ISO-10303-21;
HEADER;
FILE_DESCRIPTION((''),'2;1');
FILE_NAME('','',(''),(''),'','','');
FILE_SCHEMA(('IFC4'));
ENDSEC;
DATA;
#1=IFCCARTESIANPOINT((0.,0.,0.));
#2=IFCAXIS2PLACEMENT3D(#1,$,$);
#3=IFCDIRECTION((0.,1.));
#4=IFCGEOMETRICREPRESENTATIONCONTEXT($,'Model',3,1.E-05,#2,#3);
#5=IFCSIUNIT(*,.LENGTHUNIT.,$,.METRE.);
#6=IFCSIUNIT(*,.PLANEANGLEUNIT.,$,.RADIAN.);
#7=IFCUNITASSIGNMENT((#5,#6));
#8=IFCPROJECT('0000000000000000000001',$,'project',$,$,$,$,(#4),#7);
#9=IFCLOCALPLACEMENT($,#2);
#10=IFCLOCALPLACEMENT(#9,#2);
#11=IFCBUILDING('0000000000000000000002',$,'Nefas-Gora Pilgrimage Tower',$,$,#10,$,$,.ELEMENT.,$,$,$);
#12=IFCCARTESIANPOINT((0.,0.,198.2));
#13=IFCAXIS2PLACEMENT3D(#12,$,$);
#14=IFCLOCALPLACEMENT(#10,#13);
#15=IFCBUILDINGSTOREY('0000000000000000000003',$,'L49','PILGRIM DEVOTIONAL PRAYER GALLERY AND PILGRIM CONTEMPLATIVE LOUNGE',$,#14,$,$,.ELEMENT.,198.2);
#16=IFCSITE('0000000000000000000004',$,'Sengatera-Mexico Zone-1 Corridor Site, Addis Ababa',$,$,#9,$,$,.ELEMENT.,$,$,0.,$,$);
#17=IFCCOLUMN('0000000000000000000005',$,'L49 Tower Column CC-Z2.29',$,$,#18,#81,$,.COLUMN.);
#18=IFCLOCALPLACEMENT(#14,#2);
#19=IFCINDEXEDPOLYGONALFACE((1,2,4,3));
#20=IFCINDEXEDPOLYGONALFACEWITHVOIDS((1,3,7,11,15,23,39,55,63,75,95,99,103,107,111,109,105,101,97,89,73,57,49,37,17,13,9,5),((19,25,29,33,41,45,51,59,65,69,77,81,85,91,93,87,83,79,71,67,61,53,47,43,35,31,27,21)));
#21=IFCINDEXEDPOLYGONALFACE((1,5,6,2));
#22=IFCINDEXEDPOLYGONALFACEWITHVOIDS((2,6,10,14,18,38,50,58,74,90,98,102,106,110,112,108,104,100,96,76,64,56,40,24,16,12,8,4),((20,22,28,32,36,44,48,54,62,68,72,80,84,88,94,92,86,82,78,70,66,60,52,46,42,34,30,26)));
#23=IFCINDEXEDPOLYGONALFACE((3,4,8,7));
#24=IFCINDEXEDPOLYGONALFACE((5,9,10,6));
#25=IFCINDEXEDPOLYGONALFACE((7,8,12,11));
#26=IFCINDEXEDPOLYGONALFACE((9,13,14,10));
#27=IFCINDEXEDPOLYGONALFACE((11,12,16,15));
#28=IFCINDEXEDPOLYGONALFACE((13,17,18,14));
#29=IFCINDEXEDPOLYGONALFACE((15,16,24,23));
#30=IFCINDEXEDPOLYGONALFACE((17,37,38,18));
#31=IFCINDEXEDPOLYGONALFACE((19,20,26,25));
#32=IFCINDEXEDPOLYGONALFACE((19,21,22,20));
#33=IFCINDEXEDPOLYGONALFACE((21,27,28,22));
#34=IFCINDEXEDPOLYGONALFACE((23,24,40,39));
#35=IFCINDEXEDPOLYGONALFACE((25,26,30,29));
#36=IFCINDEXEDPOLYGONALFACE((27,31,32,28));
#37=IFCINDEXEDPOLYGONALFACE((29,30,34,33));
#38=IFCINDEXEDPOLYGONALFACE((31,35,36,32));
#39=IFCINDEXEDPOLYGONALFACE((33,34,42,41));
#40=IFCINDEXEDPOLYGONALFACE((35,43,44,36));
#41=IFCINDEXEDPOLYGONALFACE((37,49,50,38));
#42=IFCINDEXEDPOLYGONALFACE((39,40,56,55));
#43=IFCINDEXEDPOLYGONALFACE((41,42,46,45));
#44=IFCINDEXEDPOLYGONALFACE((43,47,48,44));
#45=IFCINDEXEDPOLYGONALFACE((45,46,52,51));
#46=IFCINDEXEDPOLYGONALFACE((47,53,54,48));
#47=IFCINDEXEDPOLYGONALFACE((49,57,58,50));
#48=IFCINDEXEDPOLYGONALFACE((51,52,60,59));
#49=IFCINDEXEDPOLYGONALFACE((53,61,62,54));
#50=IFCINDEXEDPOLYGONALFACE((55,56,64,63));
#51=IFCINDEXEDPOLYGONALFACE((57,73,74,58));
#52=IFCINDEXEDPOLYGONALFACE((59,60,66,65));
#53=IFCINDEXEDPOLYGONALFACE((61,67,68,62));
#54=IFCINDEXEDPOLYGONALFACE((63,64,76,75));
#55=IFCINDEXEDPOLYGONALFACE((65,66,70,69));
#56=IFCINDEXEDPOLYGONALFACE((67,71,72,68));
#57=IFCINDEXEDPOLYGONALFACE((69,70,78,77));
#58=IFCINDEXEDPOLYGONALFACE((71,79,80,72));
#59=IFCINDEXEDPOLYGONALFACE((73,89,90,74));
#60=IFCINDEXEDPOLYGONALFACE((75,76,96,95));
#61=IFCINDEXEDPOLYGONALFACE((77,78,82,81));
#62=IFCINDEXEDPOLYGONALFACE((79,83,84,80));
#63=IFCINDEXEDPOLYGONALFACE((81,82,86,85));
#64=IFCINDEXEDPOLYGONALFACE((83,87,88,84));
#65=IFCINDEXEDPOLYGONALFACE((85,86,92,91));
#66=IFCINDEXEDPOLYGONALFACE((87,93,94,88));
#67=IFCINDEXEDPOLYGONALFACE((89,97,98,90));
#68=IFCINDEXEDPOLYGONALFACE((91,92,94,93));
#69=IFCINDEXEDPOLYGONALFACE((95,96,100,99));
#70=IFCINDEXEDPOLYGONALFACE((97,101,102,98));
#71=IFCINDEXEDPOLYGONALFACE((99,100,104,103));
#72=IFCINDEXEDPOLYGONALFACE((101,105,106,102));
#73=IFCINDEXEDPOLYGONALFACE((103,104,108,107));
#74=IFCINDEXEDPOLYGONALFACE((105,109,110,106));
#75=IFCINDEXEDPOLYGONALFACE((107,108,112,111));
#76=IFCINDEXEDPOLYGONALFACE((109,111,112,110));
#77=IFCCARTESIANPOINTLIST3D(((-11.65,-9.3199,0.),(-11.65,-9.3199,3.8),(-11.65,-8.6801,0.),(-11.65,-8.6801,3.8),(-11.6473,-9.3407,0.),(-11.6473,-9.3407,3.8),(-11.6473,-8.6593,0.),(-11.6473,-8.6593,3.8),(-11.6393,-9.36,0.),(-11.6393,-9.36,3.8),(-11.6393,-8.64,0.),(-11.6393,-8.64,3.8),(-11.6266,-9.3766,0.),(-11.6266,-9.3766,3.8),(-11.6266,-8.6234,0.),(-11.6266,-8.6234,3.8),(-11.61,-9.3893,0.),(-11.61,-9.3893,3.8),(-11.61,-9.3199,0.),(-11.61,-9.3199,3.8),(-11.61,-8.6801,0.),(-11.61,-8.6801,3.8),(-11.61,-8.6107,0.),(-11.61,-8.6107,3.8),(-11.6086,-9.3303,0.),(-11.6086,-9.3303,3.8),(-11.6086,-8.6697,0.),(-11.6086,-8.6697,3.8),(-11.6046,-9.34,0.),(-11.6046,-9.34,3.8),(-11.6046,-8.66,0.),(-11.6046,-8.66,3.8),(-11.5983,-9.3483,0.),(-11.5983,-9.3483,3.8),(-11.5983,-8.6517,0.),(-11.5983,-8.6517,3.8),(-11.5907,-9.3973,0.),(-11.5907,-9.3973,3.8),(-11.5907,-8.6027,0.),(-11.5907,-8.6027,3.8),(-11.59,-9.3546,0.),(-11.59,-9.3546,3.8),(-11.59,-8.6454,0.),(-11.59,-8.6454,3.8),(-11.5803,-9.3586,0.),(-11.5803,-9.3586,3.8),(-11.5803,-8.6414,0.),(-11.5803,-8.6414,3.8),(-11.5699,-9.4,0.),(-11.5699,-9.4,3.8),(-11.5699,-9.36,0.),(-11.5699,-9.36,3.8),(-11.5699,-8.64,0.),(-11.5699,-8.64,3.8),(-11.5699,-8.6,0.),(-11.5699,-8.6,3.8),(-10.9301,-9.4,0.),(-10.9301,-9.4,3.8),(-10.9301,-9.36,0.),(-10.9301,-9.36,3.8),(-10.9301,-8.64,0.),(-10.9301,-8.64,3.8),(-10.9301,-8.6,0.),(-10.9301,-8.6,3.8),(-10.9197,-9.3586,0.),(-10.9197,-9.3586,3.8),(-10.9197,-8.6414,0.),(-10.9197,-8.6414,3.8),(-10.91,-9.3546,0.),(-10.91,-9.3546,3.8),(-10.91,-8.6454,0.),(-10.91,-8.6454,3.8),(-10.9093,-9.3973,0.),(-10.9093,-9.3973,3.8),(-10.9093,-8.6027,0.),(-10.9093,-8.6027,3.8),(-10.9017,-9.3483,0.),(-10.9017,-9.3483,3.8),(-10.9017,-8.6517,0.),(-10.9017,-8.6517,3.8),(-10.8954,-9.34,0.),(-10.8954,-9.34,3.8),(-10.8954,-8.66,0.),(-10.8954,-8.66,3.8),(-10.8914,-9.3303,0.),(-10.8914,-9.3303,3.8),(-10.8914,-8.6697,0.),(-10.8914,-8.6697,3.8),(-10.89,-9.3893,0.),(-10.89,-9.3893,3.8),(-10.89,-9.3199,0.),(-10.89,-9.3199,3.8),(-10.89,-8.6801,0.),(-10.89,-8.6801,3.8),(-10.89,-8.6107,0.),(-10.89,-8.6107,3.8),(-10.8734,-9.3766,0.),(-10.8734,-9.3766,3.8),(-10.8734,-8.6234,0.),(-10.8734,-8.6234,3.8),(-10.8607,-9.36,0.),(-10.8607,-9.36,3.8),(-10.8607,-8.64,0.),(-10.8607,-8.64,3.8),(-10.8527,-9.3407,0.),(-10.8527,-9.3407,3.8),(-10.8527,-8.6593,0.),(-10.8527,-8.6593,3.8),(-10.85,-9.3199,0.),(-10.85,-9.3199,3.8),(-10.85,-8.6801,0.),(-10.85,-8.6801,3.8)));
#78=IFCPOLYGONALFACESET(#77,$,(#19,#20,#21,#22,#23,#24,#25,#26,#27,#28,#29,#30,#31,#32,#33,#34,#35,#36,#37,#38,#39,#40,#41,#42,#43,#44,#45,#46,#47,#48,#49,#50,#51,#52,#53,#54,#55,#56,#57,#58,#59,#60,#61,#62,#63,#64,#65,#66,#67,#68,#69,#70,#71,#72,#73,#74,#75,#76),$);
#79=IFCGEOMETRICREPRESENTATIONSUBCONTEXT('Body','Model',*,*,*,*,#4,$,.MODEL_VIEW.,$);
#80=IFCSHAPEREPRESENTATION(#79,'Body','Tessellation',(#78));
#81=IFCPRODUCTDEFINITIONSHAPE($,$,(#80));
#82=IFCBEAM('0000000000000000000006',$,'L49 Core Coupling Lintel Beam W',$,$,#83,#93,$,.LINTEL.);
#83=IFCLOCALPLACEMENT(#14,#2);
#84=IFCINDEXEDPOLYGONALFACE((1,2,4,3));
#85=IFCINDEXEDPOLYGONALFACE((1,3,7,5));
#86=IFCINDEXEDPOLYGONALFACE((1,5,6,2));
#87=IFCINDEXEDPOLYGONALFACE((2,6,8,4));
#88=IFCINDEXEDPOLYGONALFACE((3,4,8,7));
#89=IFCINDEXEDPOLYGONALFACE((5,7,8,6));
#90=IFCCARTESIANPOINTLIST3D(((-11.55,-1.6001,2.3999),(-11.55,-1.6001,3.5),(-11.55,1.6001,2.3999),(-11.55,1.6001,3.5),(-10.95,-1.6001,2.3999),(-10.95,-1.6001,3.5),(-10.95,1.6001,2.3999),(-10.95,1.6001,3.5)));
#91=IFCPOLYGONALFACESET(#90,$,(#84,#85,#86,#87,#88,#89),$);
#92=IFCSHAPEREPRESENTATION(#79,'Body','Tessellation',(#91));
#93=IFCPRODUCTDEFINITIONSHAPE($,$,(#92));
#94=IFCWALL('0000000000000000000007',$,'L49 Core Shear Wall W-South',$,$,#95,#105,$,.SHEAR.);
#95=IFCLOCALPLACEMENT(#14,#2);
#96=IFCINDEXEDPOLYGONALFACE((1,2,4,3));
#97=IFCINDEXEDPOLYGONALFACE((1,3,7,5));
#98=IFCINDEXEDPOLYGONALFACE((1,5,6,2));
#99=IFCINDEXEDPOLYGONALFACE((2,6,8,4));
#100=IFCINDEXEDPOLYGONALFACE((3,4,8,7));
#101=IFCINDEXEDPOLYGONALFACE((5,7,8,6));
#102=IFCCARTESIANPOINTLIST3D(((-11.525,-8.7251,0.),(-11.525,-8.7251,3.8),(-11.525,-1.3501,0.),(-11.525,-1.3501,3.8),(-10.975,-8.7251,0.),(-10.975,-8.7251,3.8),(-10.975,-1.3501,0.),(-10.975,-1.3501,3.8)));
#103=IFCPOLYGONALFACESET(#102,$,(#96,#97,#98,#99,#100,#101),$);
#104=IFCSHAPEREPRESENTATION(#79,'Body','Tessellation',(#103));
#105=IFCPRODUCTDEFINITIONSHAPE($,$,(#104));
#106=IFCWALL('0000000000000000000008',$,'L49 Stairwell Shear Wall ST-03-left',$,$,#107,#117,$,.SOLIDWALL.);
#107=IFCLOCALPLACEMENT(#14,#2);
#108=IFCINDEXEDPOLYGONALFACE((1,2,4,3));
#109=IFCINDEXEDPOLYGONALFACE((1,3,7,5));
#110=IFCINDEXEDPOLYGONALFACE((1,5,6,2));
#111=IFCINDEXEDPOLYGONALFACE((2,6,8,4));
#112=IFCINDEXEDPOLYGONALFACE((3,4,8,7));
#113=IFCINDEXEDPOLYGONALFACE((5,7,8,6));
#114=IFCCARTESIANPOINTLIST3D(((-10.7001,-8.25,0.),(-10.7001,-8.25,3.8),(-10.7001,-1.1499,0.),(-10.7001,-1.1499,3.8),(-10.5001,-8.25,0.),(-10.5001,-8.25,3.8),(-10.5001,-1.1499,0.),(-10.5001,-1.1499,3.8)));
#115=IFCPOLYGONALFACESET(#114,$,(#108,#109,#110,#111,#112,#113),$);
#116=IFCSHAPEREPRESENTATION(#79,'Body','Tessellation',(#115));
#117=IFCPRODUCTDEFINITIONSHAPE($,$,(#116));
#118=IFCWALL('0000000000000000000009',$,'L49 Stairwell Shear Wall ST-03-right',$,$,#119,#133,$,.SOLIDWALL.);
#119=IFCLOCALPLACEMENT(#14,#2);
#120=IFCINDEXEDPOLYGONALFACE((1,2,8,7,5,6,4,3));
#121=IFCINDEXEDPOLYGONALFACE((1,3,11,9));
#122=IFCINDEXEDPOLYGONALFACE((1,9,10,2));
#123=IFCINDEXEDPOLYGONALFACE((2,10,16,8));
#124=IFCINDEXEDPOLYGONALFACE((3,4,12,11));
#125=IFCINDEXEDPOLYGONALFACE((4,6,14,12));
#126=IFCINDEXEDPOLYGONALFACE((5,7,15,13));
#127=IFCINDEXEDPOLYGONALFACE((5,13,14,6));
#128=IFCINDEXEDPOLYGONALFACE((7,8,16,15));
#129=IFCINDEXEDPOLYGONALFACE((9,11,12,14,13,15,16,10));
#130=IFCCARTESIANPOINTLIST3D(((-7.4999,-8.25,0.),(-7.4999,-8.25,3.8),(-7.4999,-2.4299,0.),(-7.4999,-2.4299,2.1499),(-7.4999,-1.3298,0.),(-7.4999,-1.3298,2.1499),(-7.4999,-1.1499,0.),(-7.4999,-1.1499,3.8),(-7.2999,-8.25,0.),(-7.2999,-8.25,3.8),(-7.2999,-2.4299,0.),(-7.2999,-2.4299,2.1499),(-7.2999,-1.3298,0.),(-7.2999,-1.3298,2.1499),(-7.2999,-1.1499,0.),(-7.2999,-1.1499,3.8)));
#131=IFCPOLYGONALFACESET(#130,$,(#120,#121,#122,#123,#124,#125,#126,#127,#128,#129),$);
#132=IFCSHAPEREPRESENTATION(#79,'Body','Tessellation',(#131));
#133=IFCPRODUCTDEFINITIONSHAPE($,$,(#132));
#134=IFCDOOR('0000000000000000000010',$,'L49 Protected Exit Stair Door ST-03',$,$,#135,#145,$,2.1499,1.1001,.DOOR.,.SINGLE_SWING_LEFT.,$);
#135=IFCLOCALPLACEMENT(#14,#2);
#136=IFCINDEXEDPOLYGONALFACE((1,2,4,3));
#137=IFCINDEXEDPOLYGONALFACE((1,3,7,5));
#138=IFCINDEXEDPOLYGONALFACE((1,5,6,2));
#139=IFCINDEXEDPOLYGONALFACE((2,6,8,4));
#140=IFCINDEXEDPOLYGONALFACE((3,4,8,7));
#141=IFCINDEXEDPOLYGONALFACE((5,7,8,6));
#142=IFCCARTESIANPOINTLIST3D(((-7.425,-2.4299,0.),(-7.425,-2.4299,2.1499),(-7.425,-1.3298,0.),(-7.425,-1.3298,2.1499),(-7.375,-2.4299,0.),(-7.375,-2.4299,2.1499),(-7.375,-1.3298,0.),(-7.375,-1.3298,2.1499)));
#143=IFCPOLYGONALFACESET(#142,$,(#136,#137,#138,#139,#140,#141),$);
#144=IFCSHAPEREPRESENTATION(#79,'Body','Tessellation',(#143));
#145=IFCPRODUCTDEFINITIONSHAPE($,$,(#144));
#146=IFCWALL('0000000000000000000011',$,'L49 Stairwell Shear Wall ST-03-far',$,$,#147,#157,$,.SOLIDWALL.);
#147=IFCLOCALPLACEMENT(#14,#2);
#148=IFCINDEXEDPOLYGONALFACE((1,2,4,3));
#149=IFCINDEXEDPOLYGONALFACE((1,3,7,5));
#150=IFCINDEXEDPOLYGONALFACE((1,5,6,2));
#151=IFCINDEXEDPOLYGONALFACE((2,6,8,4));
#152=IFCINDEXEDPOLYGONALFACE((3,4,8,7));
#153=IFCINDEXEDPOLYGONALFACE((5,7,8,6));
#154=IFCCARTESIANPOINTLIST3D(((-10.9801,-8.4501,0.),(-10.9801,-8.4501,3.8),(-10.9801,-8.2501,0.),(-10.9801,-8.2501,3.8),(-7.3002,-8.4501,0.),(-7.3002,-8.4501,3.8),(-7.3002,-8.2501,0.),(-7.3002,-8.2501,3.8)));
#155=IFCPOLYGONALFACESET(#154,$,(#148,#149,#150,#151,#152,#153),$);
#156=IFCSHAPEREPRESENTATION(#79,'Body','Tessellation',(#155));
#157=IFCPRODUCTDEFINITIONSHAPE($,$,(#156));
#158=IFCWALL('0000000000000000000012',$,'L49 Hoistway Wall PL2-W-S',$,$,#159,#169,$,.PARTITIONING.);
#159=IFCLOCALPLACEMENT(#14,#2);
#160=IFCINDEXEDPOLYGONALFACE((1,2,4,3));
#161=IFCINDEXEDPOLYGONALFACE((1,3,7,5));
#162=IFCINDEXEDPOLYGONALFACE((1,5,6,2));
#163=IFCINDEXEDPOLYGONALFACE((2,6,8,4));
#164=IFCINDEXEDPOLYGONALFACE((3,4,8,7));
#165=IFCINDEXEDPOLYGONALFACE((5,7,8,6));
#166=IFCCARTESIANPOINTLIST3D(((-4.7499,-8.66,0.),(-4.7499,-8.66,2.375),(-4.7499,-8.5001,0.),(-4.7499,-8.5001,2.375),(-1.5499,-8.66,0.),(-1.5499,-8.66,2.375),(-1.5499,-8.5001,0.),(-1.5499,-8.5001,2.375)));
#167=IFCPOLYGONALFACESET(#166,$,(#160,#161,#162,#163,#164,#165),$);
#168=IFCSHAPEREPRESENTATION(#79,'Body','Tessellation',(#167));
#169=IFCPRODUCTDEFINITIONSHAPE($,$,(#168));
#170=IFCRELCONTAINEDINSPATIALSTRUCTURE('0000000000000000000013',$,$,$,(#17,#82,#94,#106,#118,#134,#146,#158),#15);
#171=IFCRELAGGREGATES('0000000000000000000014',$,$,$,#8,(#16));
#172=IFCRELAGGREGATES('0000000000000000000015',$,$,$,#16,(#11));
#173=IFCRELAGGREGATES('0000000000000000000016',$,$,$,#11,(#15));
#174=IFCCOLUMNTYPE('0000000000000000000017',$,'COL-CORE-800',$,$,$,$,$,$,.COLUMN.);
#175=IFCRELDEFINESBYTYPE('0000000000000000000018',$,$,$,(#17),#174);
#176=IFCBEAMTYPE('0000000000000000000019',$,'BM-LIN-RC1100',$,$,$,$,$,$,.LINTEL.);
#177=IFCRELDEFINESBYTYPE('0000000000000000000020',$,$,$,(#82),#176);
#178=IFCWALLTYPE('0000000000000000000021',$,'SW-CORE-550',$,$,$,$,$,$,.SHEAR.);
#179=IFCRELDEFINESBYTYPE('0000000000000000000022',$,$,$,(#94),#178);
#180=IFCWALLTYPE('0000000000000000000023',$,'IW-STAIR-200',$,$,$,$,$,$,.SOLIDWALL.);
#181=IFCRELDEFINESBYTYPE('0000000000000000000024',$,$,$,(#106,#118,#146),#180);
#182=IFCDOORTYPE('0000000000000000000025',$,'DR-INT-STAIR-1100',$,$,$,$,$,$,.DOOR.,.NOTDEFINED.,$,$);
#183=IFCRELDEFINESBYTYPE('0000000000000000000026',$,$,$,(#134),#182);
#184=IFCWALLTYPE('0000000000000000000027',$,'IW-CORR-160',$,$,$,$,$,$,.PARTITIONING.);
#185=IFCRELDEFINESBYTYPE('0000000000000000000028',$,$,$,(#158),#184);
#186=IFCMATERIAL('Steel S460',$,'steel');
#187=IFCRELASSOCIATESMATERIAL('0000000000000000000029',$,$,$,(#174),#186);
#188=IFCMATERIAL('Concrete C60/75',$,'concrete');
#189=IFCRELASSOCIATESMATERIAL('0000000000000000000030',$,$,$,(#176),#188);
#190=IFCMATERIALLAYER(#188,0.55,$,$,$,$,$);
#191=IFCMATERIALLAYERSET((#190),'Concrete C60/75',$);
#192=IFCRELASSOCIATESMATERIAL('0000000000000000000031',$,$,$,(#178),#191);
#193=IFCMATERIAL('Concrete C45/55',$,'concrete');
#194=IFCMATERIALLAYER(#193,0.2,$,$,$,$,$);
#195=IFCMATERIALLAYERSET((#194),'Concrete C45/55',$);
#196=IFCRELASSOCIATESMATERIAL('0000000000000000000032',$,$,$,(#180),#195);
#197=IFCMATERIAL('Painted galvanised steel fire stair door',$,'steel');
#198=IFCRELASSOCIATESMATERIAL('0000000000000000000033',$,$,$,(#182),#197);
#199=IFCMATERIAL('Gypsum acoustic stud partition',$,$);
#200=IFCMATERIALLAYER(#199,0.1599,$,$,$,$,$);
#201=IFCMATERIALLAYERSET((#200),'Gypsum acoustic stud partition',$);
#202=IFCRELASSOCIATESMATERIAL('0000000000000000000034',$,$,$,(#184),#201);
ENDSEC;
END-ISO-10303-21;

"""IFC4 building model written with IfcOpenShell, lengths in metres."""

from ifc_helpers import new_model, si_unit, direction, frame, frame_2d, origin, origin_2d, place, context, subcontext, project, spatial, rectangle, hollow_rectangle, extrude, source, transform, mapped, material, layer, layer_set, material_profile, profile_set, type_object, element, fill, save


model = new_model("IFC4")

# Units and contexts
model_context = context("Model", 3, precision=1e-05, world=origin(), true_north=direction((0.0, 1.0)))
body_context = subcontext(model_context, "Body", "Model", "MODEL_VIEW")
ifc_project = project(units=[si_unit("LENGTHUNIT", "METRE"), si_unit("PLANEANGLEUNIT", "RADIAN")], contexts=[model_context])

# Site, building, storey
site_placement = place(None, origin())
site = spatial("IfcSite", under=ifc_project, at=site_placement, Name="Sengatera-Mexico Zone-1 Corridor Site, Addis Ababa", CompositionType="ELEMENT", RefElevation=0.0)
building_placement = place(site_placement, origin())
building = spatial("IfcBuilding", under=site, at=building_placement, Name="Nefas-Gora Pilgrimage Tower", CompositionType="ELEMENT")
storey_placement = place(building_placement, frame((0.0, 0.0, 198.2)))
storey = spatial("IfcBuildingStorey", under=building, at=storey_placement, Name="L49", Description="PILGRIM DEVOTIONAL PRAYER GALLERY AND PILGRIM CONTEMPLATIVE LOUNGE", CompositionType="ELEMENT", Elevation=198.2)

# Column
ifc_material_1 = material(Name="Steel S460", Category="steel")
ifc_material_profile_1 = material_profile(ifc_material_1, hollow_rectangle(XDim=0.8, YDim=0.8, WallThickness=0.04, InnerFilletRadius=0.04, OuterFilletRadius=0.0801, at=origin_2d()), Name="BOX 800x800x40")
ifc_profile_set_1 = profile_set([ifc_material_profile_1], Name="Steel S460")
column_type = type_object("IfcColumnType", Name="COL-CORE-800", PredefinedType="COLUMN", material=ifc_profile_set_1)
shared_shape_1 = source(origin(), body_context, "Body", "SweptSolid", [
    extrude(hollow_rectangle(XDim=0.8, YDim=0.8, WallThickness=0.04, InnerFilletRadius=0.04, OuterFilletRadius=0.0801, at=origin_2d()), origin(), (0.0, 0.0, 1.0), 3.8),
])
column_placement = place(storey_placement, frame((-11.25, -9.0, 0.0), z_axis=(0.0, 0.0, 1.0), x_axis=(1.0, 0.0, 0.0)))
element("IfcColumn", 1, at=column_placement, inside=storey, type_object=column_type, Name="L49 Tower Column CC-Z2.29", PredefinedType="COLUMN", context=body_context, shape_type="MappedRepresentation", body=[
    mapped(shared_shape_1, transform((0.0, 0.0, 0.0), x_axis=(1.0, 0.0, 0.0), y_axis=(0.0, 1.0, 0.0), z_axis=(0.0, 0.0, 1.0), scale=1.0)),
])

# Beam
ifc_material_2 = material(Name="Concrete C60/75", Category="concrete")
ifc_material_profile_2 = material_profile(ifc_material_2, rectangle(XDim=0.6001, YDim=1.1001, at=origin_2d()), Name="RC 600x1100")
ifc_profile_set_2 = profile_set([ifc_material_profile_2], Name="Concrete C60/75")
beam_type = type_object("IfcBeamType", Name="BM-LIN-RC1100", PredefinedType="LINTEL", material=ifc_profile_set_2)
shared_shape_2 = source(origin(), body_context, "Body", "SweptSolid", [
    extrude(rectangle(XDim=0.6001, YDim=1.1001, at=origin_2d()), origin(), (0.0, 0.0, 1.0), 3.2002),
])
beam_placement = place(storey_placement, frame((-11.25, -1.6001, 2.95), z_axis=(0.0, 1.0, 0.0), x_axis=(-1.0, 0.0, 0.0)))
element("IfcBeam", 2, at=beam_placement, inside=storey, type_object=beam_type, Name="L49 Core Coupling Lintel Beam W", PredefinedType="LINTEL", context=body_context, shape_type="MappedRepresentation", body=[
    mapped(shared_shape_2, transform((0.0, 0.0, 0.0), x_axis=(1.0, 0.0, 0.0), y_axis=(0.0, 1.0, 0.0), z_axis=(0.0, 0.0, 1.0), scale=1.0)),
])

# Walls
ifc_layer_1 = layer(ifc_material_2, 0.55)
ifc_layer_set_1 = layer_set([ifc_layer_1], Name="Concrete C60/75")
wall_type_1 = type_object("IfcWallType", Name="SW-CORE-550", PredefinedType="SHEAR", material=ifc_layer_set_1)
shared_shape_3 = source(origin(), body_context, "Body", "SweptSolid", [
    extrude(rectangle(XDim=7.375, YDim=0.55, at=frame_2d((3.6875, 0.0))), origin(), (0.0, 0.0, 1.0), 3.8),
])
wall_1_placement = place(storey_placement, frame((-11.25, -8.7251, 0.0), z_axis=(0.0, 0.0, 1.0), x_axis=(0.0, 1.0, 0.0)))
element("IfcWall", 3, at=wall_1_placement, inside=storey, type_object=wall_type_1, Name="L49 Core Shear Wall W-South", PredefinedType="SHEAR", context=body_context, shape_type="MappedRepresentation", body=[
    mapped(shared_shape_3, transform((0.0, 0.0, 0.0), x_axis=(1.0, 0.0, 0.0), y_axis=(0.0, 1.0, 0.0), z_axis=(0.0, 0.0, 1.0), scale=1.0)),
])
ifc_material_3 = material(Name="Concrete C45/55", Category="concrete")
ifc_layer_2 = layer(ifc_material_3, 0.2)
ifc_layer_set_2 = layer_set([ifc_layer_2], Name="Concrete C45/55")
wall_type_2 = type_object("IfcWallType", Name="IW-STAIR-200", PredefinedType="SOLIDWALL", material=ifc_layer_set_2)
shared_shape_4 = source(origin(), body_context, "Body", "SweptSolid", [
    extrude(rectangle(XDim=7.1001, YDim=0.2, at=frame_2d((3.55, 0.0))), origin(), (0.0, 0.0, 1.0), 3.8),
])
wall_2_placement = place(storey_placement, frame((-10.6001, -1.1499, 0.0), z_axis=(0.0, 0.0, 1.0), x_axis=(0.0, -1.0, 0.0)))
element("IfcWall", 4, at=wall_2_placement, inside=storey, type_object=wall_type_2, Name="L49 Stairwell Shear Wall ST-03-left", PredefinedType="SOLIDWALL", context=body_context, shape_type="MappedRepresentation", body=[
    mapped(shared_shape_4, transform((0.0, 0.0, 0.0), x_axis=(1.0, 0.0, 0.0), y_axis=(0.0, 1.0, 0.0), z_axis=(0.0, 0.0, 1.0), scale=1.0)),
])

# Wall, opening, door
wall_3_placement = place(storey_placement, frame((-7.3999, -1.1499, 0.0), z_axis=(0.0, 0.0, 1.0), x_axis=(0.0, -1.0, 0.0)))
wall_3 = element("IfcWall", 5, at=wall_3_placement, inside=storey, type_object=wall_type_2, Name="L49 Stairwell Shear Wall ST-03-right", PredefinedType="SOLIDWALL", context=body_context, shape_type="MappedRepresentation", body=[
    mapped(shared_shape_4, transform((0.0, 0.0, 0.0), x_axis=(1.0, 0.0, 0.0), y_axis=(0.0, 1.0, 0.0), z_axis=(0.0, 0.0, 1.0), scale=1.0)),
])
opening_1_placement = place(wall_3_placement, frame((0.1799, 0.0, 0.0)))
opening_1 = element("IfcOpeningElement", 6, at=opening_1_placement, cuts=wall_3, PredefinedType="OPENING", context=body_context, shape_type="SweptSolid", body=[
    extrude(rectangle(XDim=1.1001, YDim=2.1499, at=frame_2d((0.55, 1.075))), frame((0.0, 0.1099, 0.0), z_axis=(0.0, -1.0, 0.0), x_axis=(1.0, 0.0, 0.0)), (0.0, 0.0, 1.0), 0.22),
])
ifc_material_4 = material(Name="Painted galvanised steel fire stair door", Category="steel")
door_type_1 = type_object("IfcDoorType", Name="DR-INT-STAIR-1100", OperationType="NOTDEFINED", PredefinedType="DOOR", material=ifc_material_4)
shared_shape_5 = source(origin(), body_context, "Body", "SweptSolid", [
    extrude(rectangle(XDim=1.1001, YDim=2.1499, at=frame_2d((0.55, 1.075))), frame((0.0, 0.0249, 0.0), z_axis=(0.0, -1.0, 0.0), x_axis=(1.0, 0.0, 0.0)), (0.0, 0.0, 1.0), 0.05),
])
door_1_placement = place(opening_1_placement, origin())
door_1 = element("IfcDoor", 7, at=door_1_placement, inside=storey, type_object=door_type_1, Name="L49 Protected Exit Stair Door ST-03", OperationType="SINGLE_SWING_LEFT", OverallHeight=2.1499, OverallWidth=1.1001, PredefinedType="DOOR", context=body_context, shape_type="MappedRepresentation", body=[
    mapped(shared_shape_5, transform((0.0, 0.0, 0.0), x_axis=(1.0, 0.0, 0.0), y_axis=(0.0, 1.0, 0.0), z_axis=(0.0, 0.0, 1.0), scale=1.0)),
])
fill(opening_1, door_1)

# Walls
shared_shape_6 = source(origin(), body_context, "Body", "SweptSolid", [
    extrude(rectangle(XDim=3.6799, YDim=0.2, at=frame_2d((1.8398, 0.0))), origin(), (0.0, 0.0, 1.0), 3.8),
])
wall_4_placement = place(storey_placement, frame((-10.98, -8.3501, 0.0), z_axis=(0.0, 0.0, 1.0), x_axis=(1.0, 0.0, 0.0)))
element("IfcWall", 8, at=wall_4_placement, inside=storey, type_object=wall_type_2, Name="L49 Stairwell Shear Wall ST-03-far", PredefinedType="SOLIDWALL", context=body_context, shape_type="MappedRepresentation", body=[
    mapped(shared_shape_6, transform((0.0, 0.0, 0.0), x_axis=(1.0, 0.0, 0.0), y_axis=(0.0, 1.0, 0.0), z_axis=(0.0, 0.0, 1.0), scale=1.0)),
])
ifc_material_5 = material(Name="Gypsum acoustic stud partition")
ifc_layer_3 = layer(ifc_material_5, 0.1599)
ifc_layer_set_3 = layer_set([ifc_layer_3], Name="Gypsum acoustic stud partition")
wall_type_3 = type_object("IfcWallType", Name="IW-CORR-160", PredefinedType="PARTITIONING", material=ifc_layer_set_3)
shared_shape_7 = source(origin(), body_context, "Body", "SweptSolid", [
    extrude(rectangle(XDim=3.2, YDim=0.1599, at=frame_2d((1.6001, 0.0))), origin(), (0.0, 0.0, 1.0), 2.375),
])
wall_5_placement = place(storey_placement, frame((-4.75, -8.5801, 0.0), z_axis=(0.0, 0.0, 1.0), x_axis=(1.0, 0.0, 0.0)))
element("IfcWall", 9, at=wall_5_placement, inside=storey, type_object=wall_type_3, Name="L49 Hoistway Wall PL2-W-S", PredefinedType="PARTITIONING", context=body_context, shape_type="MappedRepresentation", body=[
    mapped(shared_shape_7, transform((0.0, 0.0, 0.0), x_axis=(1.0, 0.0, 0.0), y_axis=(0.0, 1.0, 0.0), z_axis=(0.0, 0.0, 1.0), scale=1.0)),
])

save(model, "model.ifc")
